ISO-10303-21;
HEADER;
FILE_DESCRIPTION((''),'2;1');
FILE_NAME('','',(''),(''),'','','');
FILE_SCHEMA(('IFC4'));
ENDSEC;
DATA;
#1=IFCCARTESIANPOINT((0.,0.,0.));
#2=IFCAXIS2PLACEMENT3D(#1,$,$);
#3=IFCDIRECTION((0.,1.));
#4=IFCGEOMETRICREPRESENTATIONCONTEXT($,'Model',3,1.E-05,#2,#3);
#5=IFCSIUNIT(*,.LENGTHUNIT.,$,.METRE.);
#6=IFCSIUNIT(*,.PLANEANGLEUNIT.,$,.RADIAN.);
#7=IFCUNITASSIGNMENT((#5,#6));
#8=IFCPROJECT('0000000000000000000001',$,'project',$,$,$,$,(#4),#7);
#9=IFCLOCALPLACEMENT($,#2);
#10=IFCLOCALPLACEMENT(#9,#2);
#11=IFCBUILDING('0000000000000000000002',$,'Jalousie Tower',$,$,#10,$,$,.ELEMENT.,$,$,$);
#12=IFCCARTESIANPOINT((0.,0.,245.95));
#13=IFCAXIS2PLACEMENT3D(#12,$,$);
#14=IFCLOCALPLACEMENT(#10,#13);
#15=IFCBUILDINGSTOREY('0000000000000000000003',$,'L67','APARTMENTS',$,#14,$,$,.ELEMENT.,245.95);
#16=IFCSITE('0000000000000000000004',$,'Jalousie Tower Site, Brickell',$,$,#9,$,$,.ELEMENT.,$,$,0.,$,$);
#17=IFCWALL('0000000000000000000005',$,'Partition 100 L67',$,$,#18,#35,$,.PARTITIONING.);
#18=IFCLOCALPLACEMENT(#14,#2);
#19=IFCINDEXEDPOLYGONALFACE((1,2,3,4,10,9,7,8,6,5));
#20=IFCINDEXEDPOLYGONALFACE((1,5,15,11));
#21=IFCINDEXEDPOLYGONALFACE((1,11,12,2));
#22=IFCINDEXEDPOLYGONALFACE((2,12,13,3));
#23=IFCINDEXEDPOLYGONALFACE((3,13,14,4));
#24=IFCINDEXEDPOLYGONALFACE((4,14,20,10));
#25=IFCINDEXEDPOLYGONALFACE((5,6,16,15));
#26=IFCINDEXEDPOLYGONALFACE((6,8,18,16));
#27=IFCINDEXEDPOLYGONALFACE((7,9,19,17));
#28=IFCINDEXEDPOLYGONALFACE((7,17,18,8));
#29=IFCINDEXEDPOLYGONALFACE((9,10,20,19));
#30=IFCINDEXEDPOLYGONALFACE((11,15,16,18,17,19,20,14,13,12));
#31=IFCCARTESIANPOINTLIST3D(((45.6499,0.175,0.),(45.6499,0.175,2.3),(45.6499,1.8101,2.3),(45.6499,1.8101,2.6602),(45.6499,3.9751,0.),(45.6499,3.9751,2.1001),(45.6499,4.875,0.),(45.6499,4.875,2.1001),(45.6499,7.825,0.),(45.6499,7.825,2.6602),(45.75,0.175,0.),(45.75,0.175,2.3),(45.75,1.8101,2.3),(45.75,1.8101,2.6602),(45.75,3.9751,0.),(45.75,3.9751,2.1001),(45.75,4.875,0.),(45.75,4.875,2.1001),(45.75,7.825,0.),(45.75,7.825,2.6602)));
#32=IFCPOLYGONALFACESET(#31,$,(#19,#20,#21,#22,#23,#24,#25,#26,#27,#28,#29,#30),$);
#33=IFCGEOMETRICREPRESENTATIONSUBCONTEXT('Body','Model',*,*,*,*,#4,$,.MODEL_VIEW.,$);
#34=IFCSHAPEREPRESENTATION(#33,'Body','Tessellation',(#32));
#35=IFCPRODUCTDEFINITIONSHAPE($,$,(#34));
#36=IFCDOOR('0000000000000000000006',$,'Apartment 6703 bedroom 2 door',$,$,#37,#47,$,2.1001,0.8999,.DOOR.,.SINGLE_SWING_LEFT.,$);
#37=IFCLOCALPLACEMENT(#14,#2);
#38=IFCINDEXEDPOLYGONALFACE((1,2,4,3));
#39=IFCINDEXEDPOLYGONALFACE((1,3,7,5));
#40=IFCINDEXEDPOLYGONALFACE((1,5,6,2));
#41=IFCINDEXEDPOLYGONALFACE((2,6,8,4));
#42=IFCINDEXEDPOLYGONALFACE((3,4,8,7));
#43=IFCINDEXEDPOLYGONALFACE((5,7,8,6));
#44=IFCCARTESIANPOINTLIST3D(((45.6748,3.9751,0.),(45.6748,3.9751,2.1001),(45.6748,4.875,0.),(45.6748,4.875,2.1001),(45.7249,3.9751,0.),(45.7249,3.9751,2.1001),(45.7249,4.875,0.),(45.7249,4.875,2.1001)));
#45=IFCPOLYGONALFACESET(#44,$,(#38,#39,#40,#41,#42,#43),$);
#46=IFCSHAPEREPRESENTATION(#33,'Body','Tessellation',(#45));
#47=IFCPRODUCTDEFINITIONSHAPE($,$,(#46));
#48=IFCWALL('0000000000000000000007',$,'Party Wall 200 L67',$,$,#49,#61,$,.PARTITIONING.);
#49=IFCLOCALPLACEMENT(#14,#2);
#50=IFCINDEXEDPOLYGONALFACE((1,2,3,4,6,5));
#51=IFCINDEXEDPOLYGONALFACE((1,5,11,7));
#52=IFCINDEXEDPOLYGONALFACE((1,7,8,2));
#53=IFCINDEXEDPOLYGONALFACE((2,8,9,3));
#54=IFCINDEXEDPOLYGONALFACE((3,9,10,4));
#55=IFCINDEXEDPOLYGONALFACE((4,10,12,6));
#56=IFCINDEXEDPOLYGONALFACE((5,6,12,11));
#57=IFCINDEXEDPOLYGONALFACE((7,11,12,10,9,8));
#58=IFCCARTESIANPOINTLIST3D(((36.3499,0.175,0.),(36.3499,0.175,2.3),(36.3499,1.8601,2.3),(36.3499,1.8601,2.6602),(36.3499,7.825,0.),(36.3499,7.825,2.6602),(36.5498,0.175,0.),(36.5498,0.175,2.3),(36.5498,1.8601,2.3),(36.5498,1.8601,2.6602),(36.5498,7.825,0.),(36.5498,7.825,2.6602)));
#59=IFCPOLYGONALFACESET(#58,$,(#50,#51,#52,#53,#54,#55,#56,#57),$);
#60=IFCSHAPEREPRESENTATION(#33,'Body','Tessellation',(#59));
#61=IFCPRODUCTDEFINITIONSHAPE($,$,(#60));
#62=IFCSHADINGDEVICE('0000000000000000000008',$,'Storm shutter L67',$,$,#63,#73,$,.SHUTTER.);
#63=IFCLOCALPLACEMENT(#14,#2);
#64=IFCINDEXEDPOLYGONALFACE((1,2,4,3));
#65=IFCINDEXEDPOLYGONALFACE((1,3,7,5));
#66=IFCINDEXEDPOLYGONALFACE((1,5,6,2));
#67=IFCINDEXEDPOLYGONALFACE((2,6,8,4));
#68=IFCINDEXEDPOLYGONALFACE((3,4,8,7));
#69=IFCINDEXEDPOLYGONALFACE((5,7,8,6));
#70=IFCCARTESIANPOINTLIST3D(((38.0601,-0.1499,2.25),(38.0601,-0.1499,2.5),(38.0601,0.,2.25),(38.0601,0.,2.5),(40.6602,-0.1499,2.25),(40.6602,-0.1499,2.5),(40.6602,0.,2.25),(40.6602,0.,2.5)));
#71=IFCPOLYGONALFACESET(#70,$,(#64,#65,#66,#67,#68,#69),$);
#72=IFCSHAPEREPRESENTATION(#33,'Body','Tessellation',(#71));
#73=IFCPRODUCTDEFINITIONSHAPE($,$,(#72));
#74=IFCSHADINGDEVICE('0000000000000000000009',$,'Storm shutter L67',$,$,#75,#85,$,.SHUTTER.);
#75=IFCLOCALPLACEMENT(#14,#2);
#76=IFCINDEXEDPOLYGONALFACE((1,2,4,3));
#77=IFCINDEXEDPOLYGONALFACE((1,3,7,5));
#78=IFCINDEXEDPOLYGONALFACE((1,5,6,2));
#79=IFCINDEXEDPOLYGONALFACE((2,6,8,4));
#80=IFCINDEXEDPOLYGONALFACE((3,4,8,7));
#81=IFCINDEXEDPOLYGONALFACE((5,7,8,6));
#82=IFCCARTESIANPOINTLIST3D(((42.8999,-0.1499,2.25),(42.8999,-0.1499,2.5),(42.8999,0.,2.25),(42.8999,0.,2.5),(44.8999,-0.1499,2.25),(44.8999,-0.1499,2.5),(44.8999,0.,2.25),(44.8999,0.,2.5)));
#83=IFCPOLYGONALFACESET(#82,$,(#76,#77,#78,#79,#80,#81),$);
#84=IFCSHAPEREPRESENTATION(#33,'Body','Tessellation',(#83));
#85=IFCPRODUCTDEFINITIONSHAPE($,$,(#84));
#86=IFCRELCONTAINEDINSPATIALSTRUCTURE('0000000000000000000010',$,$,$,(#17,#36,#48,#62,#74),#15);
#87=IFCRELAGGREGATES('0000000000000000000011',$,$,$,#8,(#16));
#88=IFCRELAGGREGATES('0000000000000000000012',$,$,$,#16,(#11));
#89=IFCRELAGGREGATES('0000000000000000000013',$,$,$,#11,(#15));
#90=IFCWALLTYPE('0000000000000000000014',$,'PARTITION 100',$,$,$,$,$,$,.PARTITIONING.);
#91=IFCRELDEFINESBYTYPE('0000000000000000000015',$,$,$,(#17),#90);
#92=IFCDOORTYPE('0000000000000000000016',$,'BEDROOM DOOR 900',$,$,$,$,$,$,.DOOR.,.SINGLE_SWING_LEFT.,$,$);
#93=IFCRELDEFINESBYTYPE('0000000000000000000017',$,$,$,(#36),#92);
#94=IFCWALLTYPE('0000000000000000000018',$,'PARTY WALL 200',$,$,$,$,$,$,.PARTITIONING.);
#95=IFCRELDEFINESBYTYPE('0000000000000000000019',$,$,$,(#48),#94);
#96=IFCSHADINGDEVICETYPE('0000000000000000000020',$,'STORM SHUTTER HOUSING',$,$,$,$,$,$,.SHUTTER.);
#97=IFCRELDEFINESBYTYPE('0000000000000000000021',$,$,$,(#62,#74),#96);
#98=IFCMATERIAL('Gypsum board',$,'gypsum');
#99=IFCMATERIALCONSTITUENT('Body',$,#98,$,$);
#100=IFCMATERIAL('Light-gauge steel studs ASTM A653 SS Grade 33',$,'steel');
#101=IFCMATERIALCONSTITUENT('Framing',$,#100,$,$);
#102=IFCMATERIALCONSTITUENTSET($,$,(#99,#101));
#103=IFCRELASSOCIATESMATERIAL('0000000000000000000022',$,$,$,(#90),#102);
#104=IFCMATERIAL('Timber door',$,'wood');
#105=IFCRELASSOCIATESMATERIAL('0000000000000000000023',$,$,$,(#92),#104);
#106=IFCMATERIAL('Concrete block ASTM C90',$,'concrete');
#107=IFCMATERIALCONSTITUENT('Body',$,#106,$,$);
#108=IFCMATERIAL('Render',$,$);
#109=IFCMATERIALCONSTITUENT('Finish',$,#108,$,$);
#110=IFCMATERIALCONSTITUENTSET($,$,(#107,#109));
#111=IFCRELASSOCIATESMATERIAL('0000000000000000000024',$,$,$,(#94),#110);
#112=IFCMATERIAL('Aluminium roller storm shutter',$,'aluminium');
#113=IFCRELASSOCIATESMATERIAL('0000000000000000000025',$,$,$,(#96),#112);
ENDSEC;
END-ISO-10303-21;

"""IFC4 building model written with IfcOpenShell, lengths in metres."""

from ifc_helpers import new_model, si_unit, direction, frame, frame_2d, origin, origin_2d, place, context, subcontext, project, spatial, polyline, rectangle, outline, extrude, material, constituent, constituent_set, type_object, element, fill, save


model = new_model("IFC4")

# Units and contexts
model_context = context("Model", 3, precision=1e-05, world=origin(), true_north=direction((0.0, 1.0)))
body_context = subcontext(model_context, "Body", "Model", "MODEL_VIEW")
ifc_project = project(units=[si_unit("LENGTHUNIT", "METRE"), si_unit("PLANEANGLEUNIT", "RADIAN")], contexts=[model_context])

# Site, building, storey
site_placement = place(None, origin())
site = spatial("IfcSite", under=ifc_project, at=site_placement, Name="Jalousie Tower Site, Brickell", CompositionType="ELEMENT", RefElevation=0.0)
building_placement = place(site_placement, origin())
building = spatial("IfcBuilding", under=site, at=building_placement, Name="Jalousie Tower", CompositionType="ELEMENT")
storey_placement = place(building_placement, frame((0.0, 0.0, 245.95)))
storey = spatial("IfcBuildingStorey", under=building, at=storey_placement, Name="L67", Description="APARTMENTS", CompositionType="ELEMENT", Elevation=245.95)

# Shared definitions
ifc_material_1 = material(Name="Gypsum board", Category="gypsum")
ifc_constituent_1 = constituent(ifc_material_1, Name="Body")
ifc_material_2 = material(Name="Light-gauge steel studs ASTM A653 SS Grade 33", Category="steel")
ifc_constituent_2 = constituent(ifc_material_2, Name="Framing")
ifc_constituent_set_1 = constituent_set(constituents=[ifc_constituent_1, ifc_constituent_2])
wall_type_1 = type_object("IfcWallType", Name="PARTITION 100", PredefinedType="PARTITIONING", material=ifc_constituent_set_1)
ifc_material_3 = material(Name="Timber door", Category="wood")
door_type_1 = type_object("IfcDoorType", Name="BEDROOM DOOR 900", OperationType="SINGLE_SWING_LEFT", PredefinedType="DOOR", material=ifc_material_3)

# Wall, opening, door
wall_1_placement = place(storey_placement, frame((45.7, 0.175, 0.0), z_axis=(0.0, 0.0, 1.0), x_axis=(0.0, 1.0, 0.0)))
wall_1 = element("IfcWall", 1, at=wall_1_placement, inside=storey, type_object=wall_type_1, Name="Partition 100 L67", PredefinedType="PARTITIONING", context=body_context, shape_type="SweptSolid", body=[
    extrude(outline(polyline([(0.0, 0.0), (7.6499, 0.0), (7.6499, 3.26), (7.6499, 2.6602), (1.635, 2.6602), (1.635, 2.3), (0.0, 2.3), (0.0, 3.26), (0.0, 0.0)])), frame((0.0, 0.05, 0.0), z_axis=(0.0, -1.0, 0.0), x_axis=(1.0, 0.0, 0.0)), (0.0, 0.0, 1.0), 0.1001),
])
opening_1_placement = place(wall_1_placement, frame((3.8, 0.0, 0.0)))
opening_1 = element("IfcOpeningElement", 2, at=opening_1_placement, cuts=wall_1, PredefinedType="OPENING", context=body_context, shape_type="SweptSolid", body=[
    extrude(rectangle(XDim=0.8999, YDim=2.1001, at=frame_2d((0.45, 1.05))), frame((0.0, 0.0601, 0.0), z_axis=(0.0, -1.0, 0.0), x_axis=(1.0, 0.0, 0.0)), (0.0, 0.0, 1.0), 0.1201),
])
door_1_placement = place(opening_1_placement, frame((0.8999, 0.0, 0.0), z_axis=(0.0, 0.0, 1.0), x_axis=(-1.0, 0.0, 0.0)))
door_1 = element("IfcDoor", 3, at=door_1_placement, inside=storey, type_object=door_type_1, Name="Apartment 6703 bedroom 2 door", OperationType="SINGLE_SWING_LEFT", OverallHeight=2.1001, OverallWidth=0.8999, PredefinedType="DOOR", context=body_context, shape_type="SweptSolid", body=[
    extrude(rectangle(XDim=0.8999, YDim=2.1001, at=frame_2d((0.45, 1.05))), frame((0.0, 0.0249, 0.0), z_axis=(0.0, -1.0, 0.0), x_axis=(1.0, 0.0, 0.0)), (0.0, 0.0, 1.0), 0.05),
])
fill(opening_1, door_1)

# Wall
ifc_material_4 = material(Name="Concrete block ASTM C90", Category="concrete")
ifc_constituent_3 = constituent(ifc_material_4, Name="Body")
ifc_material_5 = material(Name="Render")
ifc_constituent_4 = constituent(ifc_material_5, Name="Finish")
ifc_constituent_set_2 = constituent_set(constituents=[ifc_constituent_3, ifc_constituent_4])
wall_type_2 = type_object("IfcWallType", Name="PARTY WALL 200", PredefinedType="PARTITIONING", material=ifc_constituent_set_2)
wall_2_placement = place(storey_placement, frame((36.45, 0.175, 0.0), z_axis=(0.0, 0.0, 1.0), x_axis=(0.0, 1.0, 0.0)))
element("IfcWall", 4, at=wall_2_placement, inside=storey, type_object=wall_type_2, Name="Party Wall 200 L67", PredefinedType="PARTITIONING", context=body_context, shape_type="SweptSolid", body=[
    extrude(outline(polyline([(0.0, 0.0), (7.6499, 0.0), (7.6499, 3.26), (7.6499, 2.6602), (1.6851, 2.6602), (1.6851, 2.3), (0.0, 2.3), (0.0, 3.26), (0.0, 0.0)])), frame((0.0, 0.1001, 0.0), z_axis=(0.0, -1.0, 0.0), x_axis=(1.0, 0.0, 0.0)), (0.0, 0.0, 1.0), 0.2),
])

# Shading devices
ifc_material_6 = material(Name="Aluminium roller storm shutter", Category="aluminium")
shading_device_type = type_object("IfcShadingDeviceType", Name="STORM SHUTTER HOUSING", PredefinedType="SHUTTER", material=ifc_material_6)
shading_device_1_placement = place(storey_placement, frame((39.3601, -0.075, 2.25), z_axis=(0.0, 0.0, 1.0), x_axis=(1.0, 0.0, 0.0)))
element("IfcShadingDevice", 5, at=shading_device_1_placement, inside=storey, type_object=shading_device_type, Name="Storm shutter L67", PredefinedType="SHUTTER", context=body_context, shape_type="SweptSolid", body=[
    extrude(rectangle(XDim=2.6001, YDim=0.1499, at=origin_2d()), origin(), (0.0, 0.0, 1.0), 0.25),
])
shading_device_2_placement = place(storey_placement, frame((43.8999, -0.075, 2.25), z_axis=(0.0, 0.0, 1.0), x_axis=(1.0, 0.0, 0.0)))
element("IfcShadingDevice", 6, at=shading_device_2_placement, inside=storey, type_object=shading_device_type, Name="Storm shutter L67", PredefinedType="SHUTTER", context=body_context, shape_type="SweptSolid", body=[
    extrude(rectangle(XDim=2.0, YDim=0.1499, at=origin_2d()), origin(), (0.0, 0.0, 1.0), 0.25),
])

save(model, "model.ifc")
